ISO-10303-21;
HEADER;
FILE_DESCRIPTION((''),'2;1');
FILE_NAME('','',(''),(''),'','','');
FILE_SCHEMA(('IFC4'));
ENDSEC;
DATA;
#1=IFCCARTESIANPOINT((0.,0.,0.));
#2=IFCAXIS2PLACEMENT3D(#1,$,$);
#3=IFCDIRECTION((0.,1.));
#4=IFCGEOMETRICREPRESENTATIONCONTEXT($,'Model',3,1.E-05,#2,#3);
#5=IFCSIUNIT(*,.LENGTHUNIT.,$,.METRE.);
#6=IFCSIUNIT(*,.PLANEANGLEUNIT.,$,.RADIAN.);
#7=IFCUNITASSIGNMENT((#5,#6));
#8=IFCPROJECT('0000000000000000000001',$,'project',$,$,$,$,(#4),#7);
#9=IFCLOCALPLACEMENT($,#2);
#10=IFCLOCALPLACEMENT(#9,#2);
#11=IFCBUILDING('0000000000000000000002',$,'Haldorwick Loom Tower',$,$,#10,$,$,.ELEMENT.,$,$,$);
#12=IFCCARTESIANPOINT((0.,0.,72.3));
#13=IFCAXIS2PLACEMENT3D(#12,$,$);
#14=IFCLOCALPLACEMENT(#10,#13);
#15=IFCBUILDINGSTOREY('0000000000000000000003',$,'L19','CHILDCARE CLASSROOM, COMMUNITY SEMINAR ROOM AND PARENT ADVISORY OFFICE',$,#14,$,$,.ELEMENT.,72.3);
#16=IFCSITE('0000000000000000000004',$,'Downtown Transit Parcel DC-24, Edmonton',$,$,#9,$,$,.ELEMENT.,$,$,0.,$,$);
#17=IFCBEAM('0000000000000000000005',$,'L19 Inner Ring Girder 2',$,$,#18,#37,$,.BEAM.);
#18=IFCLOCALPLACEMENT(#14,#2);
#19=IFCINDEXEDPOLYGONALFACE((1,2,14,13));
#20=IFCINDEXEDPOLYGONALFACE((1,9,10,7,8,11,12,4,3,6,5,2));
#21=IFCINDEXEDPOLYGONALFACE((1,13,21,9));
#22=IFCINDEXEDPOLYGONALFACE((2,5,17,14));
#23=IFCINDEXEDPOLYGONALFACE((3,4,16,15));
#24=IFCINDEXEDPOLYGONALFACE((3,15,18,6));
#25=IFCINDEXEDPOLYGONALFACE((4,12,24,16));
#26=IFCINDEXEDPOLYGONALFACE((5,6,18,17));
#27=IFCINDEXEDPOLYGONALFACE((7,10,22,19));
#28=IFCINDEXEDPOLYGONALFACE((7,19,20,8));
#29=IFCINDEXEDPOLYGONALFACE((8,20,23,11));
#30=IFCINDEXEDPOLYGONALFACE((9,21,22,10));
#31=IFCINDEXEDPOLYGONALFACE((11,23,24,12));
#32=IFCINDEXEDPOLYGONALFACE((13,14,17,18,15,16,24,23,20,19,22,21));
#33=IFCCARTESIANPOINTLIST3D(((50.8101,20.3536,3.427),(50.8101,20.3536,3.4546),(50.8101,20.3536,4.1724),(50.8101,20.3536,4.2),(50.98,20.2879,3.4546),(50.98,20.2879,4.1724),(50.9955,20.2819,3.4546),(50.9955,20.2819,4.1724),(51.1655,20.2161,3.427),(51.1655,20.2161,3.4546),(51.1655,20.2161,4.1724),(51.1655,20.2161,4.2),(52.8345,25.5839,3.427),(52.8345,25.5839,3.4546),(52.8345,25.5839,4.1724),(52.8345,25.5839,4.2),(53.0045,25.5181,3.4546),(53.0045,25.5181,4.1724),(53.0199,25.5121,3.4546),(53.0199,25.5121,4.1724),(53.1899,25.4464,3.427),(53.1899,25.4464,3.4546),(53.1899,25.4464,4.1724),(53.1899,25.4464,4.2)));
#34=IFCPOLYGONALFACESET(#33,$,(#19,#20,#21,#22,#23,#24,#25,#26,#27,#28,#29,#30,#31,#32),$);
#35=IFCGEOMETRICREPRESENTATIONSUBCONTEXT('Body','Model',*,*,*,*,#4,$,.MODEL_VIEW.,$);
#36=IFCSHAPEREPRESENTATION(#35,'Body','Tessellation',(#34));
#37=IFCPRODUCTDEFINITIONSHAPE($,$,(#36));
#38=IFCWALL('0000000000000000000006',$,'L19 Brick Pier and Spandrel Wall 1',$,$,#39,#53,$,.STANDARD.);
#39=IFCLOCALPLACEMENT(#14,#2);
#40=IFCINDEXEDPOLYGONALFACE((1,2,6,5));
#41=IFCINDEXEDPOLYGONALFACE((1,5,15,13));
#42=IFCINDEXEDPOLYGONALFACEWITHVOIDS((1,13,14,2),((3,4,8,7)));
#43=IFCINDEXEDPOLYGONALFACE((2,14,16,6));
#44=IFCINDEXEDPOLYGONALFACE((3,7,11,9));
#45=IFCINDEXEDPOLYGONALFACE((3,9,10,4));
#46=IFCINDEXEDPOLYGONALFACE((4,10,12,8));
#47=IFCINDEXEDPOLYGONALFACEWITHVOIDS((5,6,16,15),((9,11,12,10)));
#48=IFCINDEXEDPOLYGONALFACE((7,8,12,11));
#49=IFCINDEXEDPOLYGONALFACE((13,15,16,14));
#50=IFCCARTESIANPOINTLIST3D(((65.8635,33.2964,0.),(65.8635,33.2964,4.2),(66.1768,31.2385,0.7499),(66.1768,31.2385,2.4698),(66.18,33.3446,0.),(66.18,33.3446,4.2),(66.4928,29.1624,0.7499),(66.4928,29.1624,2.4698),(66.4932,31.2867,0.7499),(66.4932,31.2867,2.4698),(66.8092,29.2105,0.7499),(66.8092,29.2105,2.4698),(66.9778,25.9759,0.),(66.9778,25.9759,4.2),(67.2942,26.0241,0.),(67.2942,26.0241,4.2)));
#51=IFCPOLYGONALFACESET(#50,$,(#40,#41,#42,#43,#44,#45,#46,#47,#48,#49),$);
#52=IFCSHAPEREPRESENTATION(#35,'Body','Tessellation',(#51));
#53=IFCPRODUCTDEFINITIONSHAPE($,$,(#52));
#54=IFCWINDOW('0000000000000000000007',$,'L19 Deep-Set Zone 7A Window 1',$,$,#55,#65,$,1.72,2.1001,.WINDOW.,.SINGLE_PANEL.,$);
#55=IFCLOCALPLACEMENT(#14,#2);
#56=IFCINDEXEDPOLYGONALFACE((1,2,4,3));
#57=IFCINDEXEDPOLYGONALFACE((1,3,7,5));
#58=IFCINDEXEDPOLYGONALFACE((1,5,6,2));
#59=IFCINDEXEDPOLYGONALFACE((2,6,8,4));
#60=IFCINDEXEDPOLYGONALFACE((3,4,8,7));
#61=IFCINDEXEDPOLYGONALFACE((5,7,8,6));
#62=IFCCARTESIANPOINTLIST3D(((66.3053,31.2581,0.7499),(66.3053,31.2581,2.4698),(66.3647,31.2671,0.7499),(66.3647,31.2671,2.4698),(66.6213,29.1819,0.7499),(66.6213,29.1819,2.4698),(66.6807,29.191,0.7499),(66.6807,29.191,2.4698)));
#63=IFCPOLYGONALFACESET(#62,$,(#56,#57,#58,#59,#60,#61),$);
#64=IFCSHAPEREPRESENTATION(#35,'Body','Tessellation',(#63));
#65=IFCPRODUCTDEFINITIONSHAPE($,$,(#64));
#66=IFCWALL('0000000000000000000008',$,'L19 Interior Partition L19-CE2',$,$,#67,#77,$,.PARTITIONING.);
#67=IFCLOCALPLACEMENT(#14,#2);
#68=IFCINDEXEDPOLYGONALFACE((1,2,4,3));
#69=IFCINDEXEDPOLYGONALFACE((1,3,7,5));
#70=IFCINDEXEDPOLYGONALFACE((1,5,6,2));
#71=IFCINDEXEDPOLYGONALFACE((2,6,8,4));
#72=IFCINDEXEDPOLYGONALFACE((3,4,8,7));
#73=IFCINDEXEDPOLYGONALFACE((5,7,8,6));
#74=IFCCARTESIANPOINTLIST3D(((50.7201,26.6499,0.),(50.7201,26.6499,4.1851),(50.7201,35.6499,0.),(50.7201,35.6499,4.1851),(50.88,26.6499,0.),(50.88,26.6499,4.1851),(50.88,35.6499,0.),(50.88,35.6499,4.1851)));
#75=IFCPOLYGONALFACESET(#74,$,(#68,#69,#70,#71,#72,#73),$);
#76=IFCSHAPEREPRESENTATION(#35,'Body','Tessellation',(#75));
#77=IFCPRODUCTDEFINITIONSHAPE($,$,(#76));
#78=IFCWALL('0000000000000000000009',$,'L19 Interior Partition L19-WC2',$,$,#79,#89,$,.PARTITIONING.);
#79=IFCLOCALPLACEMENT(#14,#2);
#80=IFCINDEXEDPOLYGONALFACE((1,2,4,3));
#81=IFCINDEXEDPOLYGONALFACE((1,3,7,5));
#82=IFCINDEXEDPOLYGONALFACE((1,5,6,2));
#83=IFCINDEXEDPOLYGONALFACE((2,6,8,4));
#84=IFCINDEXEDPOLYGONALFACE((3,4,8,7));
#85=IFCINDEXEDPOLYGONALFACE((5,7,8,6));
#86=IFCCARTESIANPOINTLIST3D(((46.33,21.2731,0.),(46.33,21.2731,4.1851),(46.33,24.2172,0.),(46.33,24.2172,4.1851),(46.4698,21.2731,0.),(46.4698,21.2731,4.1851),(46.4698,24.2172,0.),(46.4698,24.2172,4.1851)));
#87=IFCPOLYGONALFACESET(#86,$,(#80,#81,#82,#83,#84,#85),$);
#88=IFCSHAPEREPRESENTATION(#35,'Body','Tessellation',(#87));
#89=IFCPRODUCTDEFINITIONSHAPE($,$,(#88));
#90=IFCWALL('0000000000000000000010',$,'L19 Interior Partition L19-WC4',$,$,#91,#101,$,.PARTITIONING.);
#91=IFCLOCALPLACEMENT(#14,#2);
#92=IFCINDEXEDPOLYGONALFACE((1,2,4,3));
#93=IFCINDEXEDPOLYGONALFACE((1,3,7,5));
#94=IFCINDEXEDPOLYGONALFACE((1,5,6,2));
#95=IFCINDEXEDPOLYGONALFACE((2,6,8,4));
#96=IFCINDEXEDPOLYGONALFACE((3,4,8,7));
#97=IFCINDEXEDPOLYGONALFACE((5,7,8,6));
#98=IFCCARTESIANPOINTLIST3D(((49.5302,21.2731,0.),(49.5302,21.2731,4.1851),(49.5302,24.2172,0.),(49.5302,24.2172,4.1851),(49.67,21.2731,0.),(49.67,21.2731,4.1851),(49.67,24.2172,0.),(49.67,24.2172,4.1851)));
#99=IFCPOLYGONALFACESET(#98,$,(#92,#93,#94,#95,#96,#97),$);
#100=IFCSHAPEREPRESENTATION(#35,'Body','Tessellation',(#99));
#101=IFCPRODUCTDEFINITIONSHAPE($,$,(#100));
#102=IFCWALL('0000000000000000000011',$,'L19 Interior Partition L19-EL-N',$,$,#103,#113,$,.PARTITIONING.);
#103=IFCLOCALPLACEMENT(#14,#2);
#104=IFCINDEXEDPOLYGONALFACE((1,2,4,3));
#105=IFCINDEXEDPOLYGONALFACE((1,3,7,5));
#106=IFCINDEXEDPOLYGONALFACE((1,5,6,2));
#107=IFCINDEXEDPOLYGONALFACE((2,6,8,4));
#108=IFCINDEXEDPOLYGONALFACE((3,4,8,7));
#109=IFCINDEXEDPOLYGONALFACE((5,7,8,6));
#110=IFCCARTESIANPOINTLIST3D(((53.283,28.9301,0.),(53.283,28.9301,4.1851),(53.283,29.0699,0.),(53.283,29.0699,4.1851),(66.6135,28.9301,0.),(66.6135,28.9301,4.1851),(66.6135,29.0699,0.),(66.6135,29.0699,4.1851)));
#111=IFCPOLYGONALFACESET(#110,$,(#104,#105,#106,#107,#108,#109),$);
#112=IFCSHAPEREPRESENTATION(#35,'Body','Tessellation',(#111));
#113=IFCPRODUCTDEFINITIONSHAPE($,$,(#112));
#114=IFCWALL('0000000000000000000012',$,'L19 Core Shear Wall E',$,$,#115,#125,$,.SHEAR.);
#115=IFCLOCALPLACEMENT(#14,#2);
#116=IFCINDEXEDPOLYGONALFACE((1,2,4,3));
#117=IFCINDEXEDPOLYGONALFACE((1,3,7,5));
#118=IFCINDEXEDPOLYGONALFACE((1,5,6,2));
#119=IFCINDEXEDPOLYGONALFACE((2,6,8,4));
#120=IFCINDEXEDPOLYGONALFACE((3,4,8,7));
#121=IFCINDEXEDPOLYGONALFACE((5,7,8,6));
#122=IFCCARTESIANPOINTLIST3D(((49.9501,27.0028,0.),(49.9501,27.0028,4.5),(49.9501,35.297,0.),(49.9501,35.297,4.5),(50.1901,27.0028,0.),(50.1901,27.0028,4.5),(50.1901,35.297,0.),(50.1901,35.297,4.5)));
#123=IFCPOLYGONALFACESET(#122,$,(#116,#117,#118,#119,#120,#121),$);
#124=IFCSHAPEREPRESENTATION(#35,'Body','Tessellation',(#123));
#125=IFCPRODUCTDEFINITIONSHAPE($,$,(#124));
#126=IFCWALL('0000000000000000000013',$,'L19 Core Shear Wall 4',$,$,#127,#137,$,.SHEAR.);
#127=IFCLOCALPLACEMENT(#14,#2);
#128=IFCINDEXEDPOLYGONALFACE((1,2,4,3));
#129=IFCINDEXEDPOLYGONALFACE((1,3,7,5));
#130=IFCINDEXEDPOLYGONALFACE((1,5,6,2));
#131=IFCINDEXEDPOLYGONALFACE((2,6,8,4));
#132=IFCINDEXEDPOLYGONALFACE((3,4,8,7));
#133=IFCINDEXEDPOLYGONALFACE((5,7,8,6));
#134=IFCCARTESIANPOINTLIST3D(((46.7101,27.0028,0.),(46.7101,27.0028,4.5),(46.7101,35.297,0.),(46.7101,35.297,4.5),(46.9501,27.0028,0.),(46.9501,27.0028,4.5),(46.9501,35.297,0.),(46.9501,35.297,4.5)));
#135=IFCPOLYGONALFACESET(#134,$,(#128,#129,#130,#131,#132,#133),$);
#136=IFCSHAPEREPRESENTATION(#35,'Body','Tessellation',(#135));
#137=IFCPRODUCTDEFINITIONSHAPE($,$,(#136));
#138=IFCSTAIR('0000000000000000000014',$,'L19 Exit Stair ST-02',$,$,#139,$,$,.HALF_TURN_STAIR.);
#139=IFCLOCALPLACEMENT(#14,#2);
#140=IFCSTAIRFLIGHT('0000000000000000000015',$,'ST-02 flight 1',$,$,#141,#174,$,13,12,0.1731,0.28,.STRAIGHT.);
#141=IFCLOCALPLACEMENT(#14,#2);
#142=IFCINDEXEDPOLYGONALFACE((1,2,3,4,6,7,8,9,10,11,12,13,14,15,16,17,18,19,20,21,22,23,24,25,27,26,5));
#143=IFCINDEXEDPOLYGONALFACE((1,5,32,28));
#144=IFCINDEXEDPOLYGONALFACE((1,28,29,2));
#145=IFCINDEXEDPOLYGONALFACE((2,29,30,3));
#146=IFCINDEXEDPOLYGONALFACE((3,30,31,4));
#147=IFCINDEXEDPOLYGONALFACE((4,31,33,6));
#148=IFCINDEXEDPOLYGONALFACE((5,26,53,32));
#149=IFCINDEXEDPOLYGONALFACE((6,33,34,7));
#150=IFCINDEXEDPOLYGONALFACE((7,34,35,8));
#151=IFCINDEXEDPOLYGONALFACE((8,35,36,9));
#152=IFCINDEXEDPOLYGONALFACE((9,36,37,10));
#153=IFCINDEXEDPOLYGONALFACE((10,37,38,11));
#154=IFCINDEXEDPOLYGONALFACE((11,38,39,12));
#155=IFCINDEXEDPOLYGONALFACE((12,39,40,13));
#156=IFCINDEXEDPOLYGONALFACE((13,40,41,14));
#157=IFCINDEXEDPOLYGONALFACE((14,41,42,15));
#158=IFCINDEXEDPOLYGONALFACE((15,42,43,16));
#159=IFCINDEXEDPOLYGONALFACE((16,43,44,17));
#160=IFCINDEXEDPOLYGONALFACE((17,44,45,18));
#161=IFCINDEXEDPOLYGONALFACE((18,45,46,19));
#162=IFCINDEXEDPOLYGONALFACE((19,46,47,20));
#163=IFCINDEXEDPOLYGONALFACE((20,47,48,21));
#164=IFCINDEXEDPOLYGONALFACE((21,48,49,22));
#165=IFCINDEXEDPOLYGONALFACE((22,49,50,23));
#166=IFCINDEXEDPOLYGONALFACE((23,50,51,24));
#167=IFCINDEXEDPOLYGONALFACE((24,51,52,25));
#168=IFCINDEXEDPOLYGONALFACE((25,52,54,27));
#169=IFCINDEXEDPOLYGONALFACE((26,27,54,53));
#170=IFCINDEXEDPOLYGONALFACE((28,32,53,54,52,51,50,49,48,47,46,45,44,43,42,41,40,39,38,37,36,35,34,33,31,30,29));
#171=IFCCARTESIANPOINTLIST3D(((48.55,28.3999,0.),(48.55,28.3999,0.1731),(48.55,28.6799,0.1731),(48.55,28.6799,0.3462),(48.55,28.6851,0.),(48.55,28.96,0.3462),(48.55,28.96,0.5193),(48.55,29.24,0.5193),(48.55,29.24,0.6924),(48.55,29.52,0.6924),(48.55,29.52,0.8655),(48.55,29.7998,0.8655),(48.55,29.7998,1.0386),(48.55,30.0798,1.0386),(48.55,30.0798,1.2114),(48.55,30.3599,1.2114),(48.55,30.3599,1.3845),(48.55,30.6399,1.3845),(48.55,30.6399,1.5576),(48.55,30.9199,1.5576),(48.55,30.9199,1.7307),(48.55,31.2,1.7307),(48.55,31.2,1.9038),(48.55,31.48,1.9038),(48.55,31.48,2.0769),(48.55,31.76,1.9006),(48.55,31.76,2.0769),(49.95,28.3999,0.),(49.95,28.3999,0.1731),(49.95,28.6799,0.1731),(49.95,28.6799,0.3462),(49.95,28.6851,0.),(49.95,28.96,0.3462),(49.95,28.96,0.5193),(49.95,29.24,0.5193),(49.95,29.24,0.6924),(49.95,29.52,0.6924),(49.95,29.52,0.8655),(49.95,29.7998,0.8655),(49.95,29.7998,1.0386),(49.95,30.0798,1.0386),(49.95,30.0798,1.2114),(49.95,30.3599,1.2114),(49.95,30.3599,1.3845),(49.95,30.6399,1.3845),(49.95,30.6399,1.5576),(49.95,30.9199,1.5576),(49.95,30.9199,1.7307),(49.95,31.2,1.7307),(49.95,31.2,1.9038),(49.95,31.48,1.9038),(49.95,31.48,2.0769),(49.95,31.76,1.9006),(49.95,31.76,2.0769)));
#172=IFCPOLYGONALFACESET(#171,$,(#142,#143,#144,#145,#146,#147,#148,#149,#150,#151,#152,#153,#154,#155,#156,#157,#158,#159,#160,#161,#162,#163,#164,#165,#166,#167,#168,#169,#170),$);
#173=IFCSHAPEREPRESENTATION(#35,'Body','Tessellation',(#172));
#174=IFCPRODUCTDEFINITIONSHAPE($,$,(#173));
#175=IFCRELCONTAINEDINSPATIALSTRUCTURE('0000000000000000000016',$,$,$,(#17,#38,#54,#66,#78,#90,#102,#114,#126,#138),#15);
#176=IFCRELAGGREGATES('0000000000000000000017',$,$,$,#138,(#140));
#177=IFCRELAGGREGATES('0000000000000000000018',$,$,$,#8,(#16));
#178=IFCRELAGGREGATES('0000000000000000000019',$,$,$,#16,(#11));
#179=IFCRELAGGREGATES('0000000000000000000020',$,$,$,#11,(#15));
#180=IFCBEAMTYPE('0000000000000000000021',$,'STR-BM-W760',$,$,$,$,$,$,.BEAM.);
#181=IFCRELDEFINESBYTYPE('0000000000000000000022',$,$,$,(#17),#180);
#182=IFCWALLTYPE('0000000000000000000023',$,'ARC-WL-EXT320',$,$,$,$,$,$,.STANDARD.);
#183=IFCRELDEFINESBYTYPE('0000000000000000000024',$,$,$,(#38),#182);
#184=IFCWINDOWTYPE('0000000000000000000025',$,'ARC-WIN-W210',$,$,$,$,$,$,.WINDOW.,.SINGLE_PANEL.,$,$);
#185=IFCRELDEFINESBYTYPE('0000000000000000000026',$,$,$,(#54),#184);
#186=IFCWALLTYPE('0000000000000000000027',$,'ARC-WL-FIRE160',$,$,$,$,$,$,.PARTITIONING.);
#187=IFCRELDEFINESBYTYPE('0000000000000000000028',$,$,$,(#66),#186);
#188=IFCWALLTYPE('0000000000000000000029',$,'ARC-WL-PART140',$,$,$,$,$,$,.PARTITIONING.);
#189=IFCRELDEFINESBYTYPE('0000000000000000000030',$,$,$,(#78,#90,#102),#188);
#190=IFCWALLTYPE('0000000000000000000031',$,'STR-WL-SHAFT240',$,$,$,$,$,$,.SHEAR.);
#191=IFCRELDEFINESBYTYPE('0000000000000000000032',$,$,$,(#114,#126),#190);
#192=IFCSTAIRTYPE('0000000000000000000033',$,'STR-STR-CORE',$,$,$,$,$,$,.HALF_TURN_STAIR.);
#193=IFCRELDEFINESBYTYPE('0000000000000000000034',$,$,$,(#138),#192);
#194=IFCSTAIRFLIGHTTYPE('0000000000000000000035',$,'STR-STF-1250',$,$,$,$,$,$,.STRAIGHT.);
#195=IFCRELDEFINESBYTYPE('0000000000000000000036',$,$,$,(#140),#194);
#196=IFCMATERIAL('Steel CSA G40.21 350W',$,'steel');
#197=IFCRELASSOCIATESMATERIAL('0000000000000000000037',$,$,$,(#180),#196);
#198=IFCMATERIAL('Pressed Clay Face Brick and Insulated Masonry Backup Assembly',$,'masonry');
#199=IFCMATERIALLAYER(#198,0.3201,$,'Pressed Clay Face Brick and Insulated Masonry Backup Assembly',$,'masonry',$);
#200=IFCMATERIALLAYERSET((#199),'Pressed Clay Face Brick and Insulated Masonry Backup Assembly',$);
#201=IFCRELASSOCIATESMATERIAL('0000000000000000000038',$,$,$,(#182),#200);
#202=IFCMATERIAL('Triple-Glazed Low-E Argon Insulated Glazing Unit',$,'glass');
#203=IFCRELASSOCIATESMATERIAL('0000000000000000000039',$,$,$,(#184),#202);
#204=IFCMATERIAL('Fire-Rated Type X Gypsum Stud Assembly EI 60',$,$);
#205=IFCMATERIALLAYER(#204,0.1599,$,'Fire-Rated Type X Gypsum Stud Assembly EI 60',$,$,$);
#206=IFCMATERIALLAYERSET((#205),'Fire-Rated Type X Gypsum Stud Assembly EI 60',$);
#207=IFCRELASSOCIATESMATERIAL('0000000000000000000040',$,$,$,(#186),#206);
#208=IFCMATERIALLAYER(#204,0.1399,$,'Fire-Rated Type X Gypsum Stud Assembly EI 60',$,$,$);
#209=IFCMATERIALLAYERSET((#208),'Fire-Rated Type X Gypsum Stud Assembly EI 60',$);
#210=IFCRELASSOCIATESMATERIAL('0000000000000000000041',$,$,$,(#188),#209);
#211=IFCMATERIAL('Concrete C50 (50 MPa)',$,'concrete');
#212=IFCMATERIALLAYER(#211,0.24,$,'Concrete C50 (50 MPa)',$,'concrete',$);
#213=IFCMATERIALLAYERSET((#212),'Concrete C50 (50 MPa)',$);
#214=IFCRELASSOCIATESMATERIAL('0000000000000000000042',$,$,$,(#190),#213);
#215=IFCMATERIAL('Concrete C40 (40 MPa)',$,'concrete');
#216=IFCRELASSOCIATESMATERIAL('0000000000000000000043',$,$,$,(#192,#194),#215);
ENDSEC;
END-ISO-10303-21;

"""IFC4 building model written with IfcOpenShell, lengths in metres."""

from ifc_helpers import new_model, si_unit, direction, frame, frame_2d, origin, origin_2d, place, context, subcontext, project, spatial, polyline, rectangle, i_section, outline, extrude, material, layer, layer_set, material_profile, profile_set, type_object, element, fill, aggregate, save


model = new_model("IFC4")

# Units and contexts
model_context = context("Model", 3, precision=1e-05, world=origin(), true_north=direction((0.0, 1.0)))
body_context = subcontext(model_context, "Body", "Model", "MODEL_VIEW")
ifc_project = project(units=[si_unit("LENGTHUNIT", "METRE"), si_unit("PLANEANGLEUNIT", "RADIAN")], contexts=[model_context])

# Site, building, storey
site_placement = place(None, origin())
site = spatial("IfcSite", under=ifc_project, at=site_placement, Name="Downtown Transit Parcel DC-24, Edmonton", CompositionType="ELEMENT", RefElevation=0.0)
building_placement = place(site_placement, origin())
building = spatial("IfcBuilding", under=site, at=building_placement, Name="Haldorwick Loom Tower", CompositionType="ELEMENT")
storey_placement = place(building_placement, frame((0.0, 0.0, 72.3)))
storey = spatial("IfcBuildingStorey", under=building, at=storey_placement, Name="L19", Description="CHILDCARE CLASSROOM, COMMUNITY SEMINAR ROOM AND PARENT ADVISORY OFFICE", CompositionType="ELEMENT", Elevation=72.3)

# Beam
ifc_material_1 = material(Name="Steel CSA G40.21 350W", Category="steel")
ifc_material_profile_1 = material_profile(ifc_material_1, i_section(OverallWidth=0.3811, OverallDepth=0.7729, WebThickness=0.0166, FlangeThickness=0.0276, at=origin_2d()), Name="W760X257", Category="steel")
ifc_profile_set_1 = profile_set([ifc_material_profile_1], Name="Steel CSA G40.21 350W")
beam_type_1 = type_object("IfcBeamType", Name="STR-BM-W760", PredefinedType="BEAM", material=ifc_profile_set_1)
beam_1_placement = place(storey_placement, frame((53.0122, 25.5151, 3.8135), z_axis=(-0.360965, -0.932579, 0.0), x_axis=(0.932579, -0.360965, 0.0)))
element("IfcBeam", 1, at=beam_1_placement, inside=storey, type_object=beam_type_1, Name="L19 Inner Ring Girder 2", PredefinedType="BEAM", context=body_context, shape_type="SweptSolid", body=[
    extrude(i_section(OverallWidth=0.3811, OverallDepth=0.7729, WebThickness=0.0166, FlangeThickness=0.0276, at=origin_2d()), origin(), (0.0, 0.0, 1.0), 5.6084),
])

# Wall, opening, window
ifc_material_2 = material(Name="Pressed Clay Face Brick and Insulated Masonry Backup Assembly", Category="masonry")
ifc_layer_1 = layer(ifc_material_2, 0.3201, Name="Pressed Clay Face Brick and Insulated Masonry Backup Assembly", Category="masonry")
ifc_layer_set_1 = layer_set([ifc_layer_1], Name="Pressed Clay Face Brick and Insulated Masonry Backup Assembly")
wall_type_1 = type_object("IfcWallType", Name="ARC-WL-EXT320", PredefinedType="STANDARD", material=ifc_layer_set_1)
wall_1_placement = place(storey_placement, frame((67.136, 26.0, 0.0), z_axis=(0.0, 0.0, 1.0), x_axis=(-0.150476, 0.988614, 0.0)))
wall_1 = element("IfcWall", 2, at=wall_1_placement, inside=storey, type_object=wall_type_1, Name="L19 Brick Pier and Spandrel Wall 1", PredefinedType="STANDARD", context=body_context, shape_type="SweptSolid", body=[
    extrude(rectangle(XDim=7.4048, YDim=0.3201, at=frame_2d((3.7024, 0.0))), origin(), (0.0, 0.0, 1.0), 4.2),
])
opening_placement = place(wall_1_placement, frame((3.2231, 0.0, 0.75)))
opening = element("IfcOpeningElement", 3, at=opening_placement, cuts=wall_1, PredefinedType="OPENING", context=body_context, shape_type="SweptSolid", body=[
    extrude(rectangle(XDim=2.1001, YDim=1.72, at=frame_2d((1.05, 0.8599))), frame((0.0, 0.1699, 0.0), z_axis=(0.0, -1.0, 0.0), x_axis=(1.0, 0.0, 0.0)), (0.0, 0.0, 1.0), 0.3401),
])
ifc_material_3 = material(Name="Triple-Glazed Low-E Argon Insulated Glazing Unit", Category="glass")
window_type = type_object("IfcWindowType", Name="ARC-WIN-W210", PartitioningType="SINGLE_PANEL", PredefinedType="WINDOW", material=ifc_material_3)
window_placement = place(opening_placement, origin())
window = element("IfcWindow", 4, at=window_placement, inside=storey, type_object=window_type, Name="L19 Deep-Set Zone 7A Window 1", OverallHeight=1.72, OverallWidth=2.1001, PartitioningType="SINGLE_PANEL", PredefinedType="WINDOW", context=body_context, shape_type="SweptSolid", body=[
    extrude(rectangle(XDim=2.1001, YDim=1.72, at=frame_2d((1.05, 0.8599))), frame((0.0, 0.03, 0.0), z_axis=(0.0, -1.0, 0.0), x_axis=(1.0, 0.0, 0.0)), (0.0, 0.0, 1.0), 0.0601),
])
fill(opening, window)

# Walls
ifc_material_4 = material(Name="Fire-Rated Type X Gypsum Stud Assembly EI 60")
ifc_layer_2 = layer(ifc_material_4, 0.1599, Name="Fire-Rated Type X Gypsum Stud Assembly EI 60")
ifc_layer_set_2 = layer_set([ifc_layer_2], Name="Fire-Rated Type X Gypsum Stud Assembly EI 60")
wall_type_2 = type_object("IfcWallType", Name="ARC-WL-FIRE160", PredefinedType="PARTITIONING", material=ifc_layer_set_2)
wall_2_placement = place(storey_placement, frame((50.8, 26.6499, 0.0), z_axis=(0.0, 0.0, 1.0), x_axis=(0.0, 1.0, 0.0)))
element("IfcWall", 5, at=wall_2_placement, inside=storey, type_object=wall_type_2, Name="L19 Interior Partition L19-CE2", PredefinedType="PARTITIONING", context=body_context, shape_type="SweptSolid", body=[
    extrude(rectangle(XDim=9.0, YDim=0.1599, at=frame_2d((4.5, 0.0))), origin(), (0.0, 0.0, 1.0), 4.1851),
])
ifc_layer_3 = layer(ifc_material_4, 0.1399, Name="Fire-Rated Type X Gypsum Stud Assembly EI 60")
ifc_layer_set_3 = layer_set([ifc_layer_3], Name="Fire-Rated Type X Gypsum Stud Assembly EI 60")
wall_type_3 = type_object("IfcWallType", Name="ARC-WL-PART140", PredefinedType="PARTITIONING", material=ifc_layer_set_3)
for number, where, z_axis, x_axis, name in (
    (6, (46.3999, 21.2729, 0.0), (0.0, 0.0, 1.0), (0.0, 1.0, 0.0), "L19 Interior Partition L19-WC2"),
    (7, (49.6001, 21.2729, 0.0), (0.0, 0.0, 1.0), (0.0, 1.0, 0.0), "L19 Interior Partition L19-WC4"),
):
    element("IfcWall", number, at=place(storey_placement, frame(where, z_axis=z_axis, x_axis=x_axis)), inside=storey, type_object=wall_type_3, Name=name, PredefinedType="PARTITIONING", context=body_context, shape_type="SweptSolid", body=[
        extrude(rectangle(XDim=2.9441, YDim=0.1399, at=frame_2d((1.4722, 0.0))), origin(), (0.0, 0.0, 1.0), 4.1851),
    ])
wall_3_placement = place(storey_placement, frame((53.283, 29.0, 0.0), z_axis=(0.0, 0.0, 1.0), x_axis=(1.0, 0.0, 0.0)))
element("IfcWall", 8, at=wall_3_placement, inside=storey, type_object=wall_type_3, Name="L19 Interior Partition L19-EL-N", PredefinedType="PARTITIONING", context=body_context, shape_type="SweptSolid", body=[
    extrude(rectangle(XDim=13.3306, YDim=0.1399, at=frame_2d((6.6653, 0.0))), origin(), (0.0, 0.0, 1.0), 4.1851),
])
ifc_material_5 = material(Name="Concrete C50 (50 MPa)", Category="concrete")
ifc_layer_4 = layer(ifc_material_5, 0.24, Name="Concrete C50 (50 MPa)", Category="concrete")
ifc_layer_set_4 = layer_set([ifc_layer_4], Name="Concrete C50 (50 MPa)")
wall_type_4 = type_object("IfcWallType", Name="STR-WL-SHAFT240", PredefinedType="SHEAR", material=ifc_layer_set_4)
for number, where, z_axis, x_axis, name in (
    (9, (50.0701, 27.0029, 0.0), (0.0, 0.0, 1.0), (0.0, 1.0, 0.0), "L19 Core Shear Wall E"),
    (10, (46.8301, 27.0029, 0.0), (0.0, 0.0, 1.0), (0.0, 1.0, 0.0), "L19 Core Shear Wall 4"),
):
    element("IfcWall", number, at=place(storey_placement, frame(where, z_axis=z_axis, x_axis=x_axis)), inside=storey, type_object=wall_type_4, Name=name, PredefinedType="SHEAR", context=body_context, shape_type="SweptSolid", body=[
        extrude(rectangle(XDim=8.2942, YDim=0.24, at=frame_2d((4.147, 0.0))), origin(), (0.0, 0.0, 1.0), 4.5),
    ])

# Stair, stair flight
ifc_material_6 = material(Name="Concrete C40 (40 MPa)", Category="concrete")
stair_type = type_object("IfcStairType", Name="STR-STR-CORE", PredefinedType="HALF_TURN_STAIR", material=ifc_material_6)
stair_placement = place(storey_placement, origin())
stair = element("IfcStair", 11, at=stair_placement, inside=storey, type_object=stair_type, Name="L19 Exit Stair ST-02", PredefinedType="HALF_TURN_STAIR")
stair_flight_type = type_object("IfcStairFlightType", Name="STR-STF-1250", PredefinedType="STRAIGHT", material=ifc_material_6)
stair_flight_placement = place(storey_placement, frame((49.25, 28.3999, 0.0), z_axis=(0.0, 0.0, 1.0), x_axis=(0.0, 1.0, 0.0)))
stair_flight = element("IfcStairFlight", 12, at=stair_flight_placement, type_object=stair_flight_type, Name="ST-02 flight 1", NumberOfRisers=13, NumberOfTreads=12, PredefinedType="STRAIGHT", RiserHeight=0.1731, TreadLength=0.28, context=body_context, shape_type="SweptSolid", body=[
    extrude(outline(polyline([(0.0, 0.0), (0.0, 0.1731), (0.28, 0.1731), (0.28, 0.3462), (0.5601, 0.3462), (0.5601, 0.5193), (0.8401, 0.5193), (0.8401, 0.6924), (1.1201, 0.6924), (1.1201, 0.8655), (1.3999, 0.8655), (1.3999, 1.0386), (1.6799, 1.0386), (1.6799, 1.2114), (1.96, 1.2114), (1.96, 1.3845), (2.24, 1.3845), (2.24, 1.5576), (2.52, 1.5576), (2.52, 1.7307), (2.8, 1.7307), (2.8, 1.9038), (3.0801, 1.9038), (3.0801, 2.0769), (3.3601, 2.0769), (3.3601, 2.25), (3.3601, 1.9006), (0.2852, 0.0), (0.0, 0.0)])), frame((0.0, 0.7, 0.0), z_axis=(0.0, -1.0, 0.0), x_axis=(1.0, 0.0, 0.0)), (0.0, 0.0, 1.0), 1.3999),
])
aggregate(stair, [stair_flight])

save(model, "model.ifc")
